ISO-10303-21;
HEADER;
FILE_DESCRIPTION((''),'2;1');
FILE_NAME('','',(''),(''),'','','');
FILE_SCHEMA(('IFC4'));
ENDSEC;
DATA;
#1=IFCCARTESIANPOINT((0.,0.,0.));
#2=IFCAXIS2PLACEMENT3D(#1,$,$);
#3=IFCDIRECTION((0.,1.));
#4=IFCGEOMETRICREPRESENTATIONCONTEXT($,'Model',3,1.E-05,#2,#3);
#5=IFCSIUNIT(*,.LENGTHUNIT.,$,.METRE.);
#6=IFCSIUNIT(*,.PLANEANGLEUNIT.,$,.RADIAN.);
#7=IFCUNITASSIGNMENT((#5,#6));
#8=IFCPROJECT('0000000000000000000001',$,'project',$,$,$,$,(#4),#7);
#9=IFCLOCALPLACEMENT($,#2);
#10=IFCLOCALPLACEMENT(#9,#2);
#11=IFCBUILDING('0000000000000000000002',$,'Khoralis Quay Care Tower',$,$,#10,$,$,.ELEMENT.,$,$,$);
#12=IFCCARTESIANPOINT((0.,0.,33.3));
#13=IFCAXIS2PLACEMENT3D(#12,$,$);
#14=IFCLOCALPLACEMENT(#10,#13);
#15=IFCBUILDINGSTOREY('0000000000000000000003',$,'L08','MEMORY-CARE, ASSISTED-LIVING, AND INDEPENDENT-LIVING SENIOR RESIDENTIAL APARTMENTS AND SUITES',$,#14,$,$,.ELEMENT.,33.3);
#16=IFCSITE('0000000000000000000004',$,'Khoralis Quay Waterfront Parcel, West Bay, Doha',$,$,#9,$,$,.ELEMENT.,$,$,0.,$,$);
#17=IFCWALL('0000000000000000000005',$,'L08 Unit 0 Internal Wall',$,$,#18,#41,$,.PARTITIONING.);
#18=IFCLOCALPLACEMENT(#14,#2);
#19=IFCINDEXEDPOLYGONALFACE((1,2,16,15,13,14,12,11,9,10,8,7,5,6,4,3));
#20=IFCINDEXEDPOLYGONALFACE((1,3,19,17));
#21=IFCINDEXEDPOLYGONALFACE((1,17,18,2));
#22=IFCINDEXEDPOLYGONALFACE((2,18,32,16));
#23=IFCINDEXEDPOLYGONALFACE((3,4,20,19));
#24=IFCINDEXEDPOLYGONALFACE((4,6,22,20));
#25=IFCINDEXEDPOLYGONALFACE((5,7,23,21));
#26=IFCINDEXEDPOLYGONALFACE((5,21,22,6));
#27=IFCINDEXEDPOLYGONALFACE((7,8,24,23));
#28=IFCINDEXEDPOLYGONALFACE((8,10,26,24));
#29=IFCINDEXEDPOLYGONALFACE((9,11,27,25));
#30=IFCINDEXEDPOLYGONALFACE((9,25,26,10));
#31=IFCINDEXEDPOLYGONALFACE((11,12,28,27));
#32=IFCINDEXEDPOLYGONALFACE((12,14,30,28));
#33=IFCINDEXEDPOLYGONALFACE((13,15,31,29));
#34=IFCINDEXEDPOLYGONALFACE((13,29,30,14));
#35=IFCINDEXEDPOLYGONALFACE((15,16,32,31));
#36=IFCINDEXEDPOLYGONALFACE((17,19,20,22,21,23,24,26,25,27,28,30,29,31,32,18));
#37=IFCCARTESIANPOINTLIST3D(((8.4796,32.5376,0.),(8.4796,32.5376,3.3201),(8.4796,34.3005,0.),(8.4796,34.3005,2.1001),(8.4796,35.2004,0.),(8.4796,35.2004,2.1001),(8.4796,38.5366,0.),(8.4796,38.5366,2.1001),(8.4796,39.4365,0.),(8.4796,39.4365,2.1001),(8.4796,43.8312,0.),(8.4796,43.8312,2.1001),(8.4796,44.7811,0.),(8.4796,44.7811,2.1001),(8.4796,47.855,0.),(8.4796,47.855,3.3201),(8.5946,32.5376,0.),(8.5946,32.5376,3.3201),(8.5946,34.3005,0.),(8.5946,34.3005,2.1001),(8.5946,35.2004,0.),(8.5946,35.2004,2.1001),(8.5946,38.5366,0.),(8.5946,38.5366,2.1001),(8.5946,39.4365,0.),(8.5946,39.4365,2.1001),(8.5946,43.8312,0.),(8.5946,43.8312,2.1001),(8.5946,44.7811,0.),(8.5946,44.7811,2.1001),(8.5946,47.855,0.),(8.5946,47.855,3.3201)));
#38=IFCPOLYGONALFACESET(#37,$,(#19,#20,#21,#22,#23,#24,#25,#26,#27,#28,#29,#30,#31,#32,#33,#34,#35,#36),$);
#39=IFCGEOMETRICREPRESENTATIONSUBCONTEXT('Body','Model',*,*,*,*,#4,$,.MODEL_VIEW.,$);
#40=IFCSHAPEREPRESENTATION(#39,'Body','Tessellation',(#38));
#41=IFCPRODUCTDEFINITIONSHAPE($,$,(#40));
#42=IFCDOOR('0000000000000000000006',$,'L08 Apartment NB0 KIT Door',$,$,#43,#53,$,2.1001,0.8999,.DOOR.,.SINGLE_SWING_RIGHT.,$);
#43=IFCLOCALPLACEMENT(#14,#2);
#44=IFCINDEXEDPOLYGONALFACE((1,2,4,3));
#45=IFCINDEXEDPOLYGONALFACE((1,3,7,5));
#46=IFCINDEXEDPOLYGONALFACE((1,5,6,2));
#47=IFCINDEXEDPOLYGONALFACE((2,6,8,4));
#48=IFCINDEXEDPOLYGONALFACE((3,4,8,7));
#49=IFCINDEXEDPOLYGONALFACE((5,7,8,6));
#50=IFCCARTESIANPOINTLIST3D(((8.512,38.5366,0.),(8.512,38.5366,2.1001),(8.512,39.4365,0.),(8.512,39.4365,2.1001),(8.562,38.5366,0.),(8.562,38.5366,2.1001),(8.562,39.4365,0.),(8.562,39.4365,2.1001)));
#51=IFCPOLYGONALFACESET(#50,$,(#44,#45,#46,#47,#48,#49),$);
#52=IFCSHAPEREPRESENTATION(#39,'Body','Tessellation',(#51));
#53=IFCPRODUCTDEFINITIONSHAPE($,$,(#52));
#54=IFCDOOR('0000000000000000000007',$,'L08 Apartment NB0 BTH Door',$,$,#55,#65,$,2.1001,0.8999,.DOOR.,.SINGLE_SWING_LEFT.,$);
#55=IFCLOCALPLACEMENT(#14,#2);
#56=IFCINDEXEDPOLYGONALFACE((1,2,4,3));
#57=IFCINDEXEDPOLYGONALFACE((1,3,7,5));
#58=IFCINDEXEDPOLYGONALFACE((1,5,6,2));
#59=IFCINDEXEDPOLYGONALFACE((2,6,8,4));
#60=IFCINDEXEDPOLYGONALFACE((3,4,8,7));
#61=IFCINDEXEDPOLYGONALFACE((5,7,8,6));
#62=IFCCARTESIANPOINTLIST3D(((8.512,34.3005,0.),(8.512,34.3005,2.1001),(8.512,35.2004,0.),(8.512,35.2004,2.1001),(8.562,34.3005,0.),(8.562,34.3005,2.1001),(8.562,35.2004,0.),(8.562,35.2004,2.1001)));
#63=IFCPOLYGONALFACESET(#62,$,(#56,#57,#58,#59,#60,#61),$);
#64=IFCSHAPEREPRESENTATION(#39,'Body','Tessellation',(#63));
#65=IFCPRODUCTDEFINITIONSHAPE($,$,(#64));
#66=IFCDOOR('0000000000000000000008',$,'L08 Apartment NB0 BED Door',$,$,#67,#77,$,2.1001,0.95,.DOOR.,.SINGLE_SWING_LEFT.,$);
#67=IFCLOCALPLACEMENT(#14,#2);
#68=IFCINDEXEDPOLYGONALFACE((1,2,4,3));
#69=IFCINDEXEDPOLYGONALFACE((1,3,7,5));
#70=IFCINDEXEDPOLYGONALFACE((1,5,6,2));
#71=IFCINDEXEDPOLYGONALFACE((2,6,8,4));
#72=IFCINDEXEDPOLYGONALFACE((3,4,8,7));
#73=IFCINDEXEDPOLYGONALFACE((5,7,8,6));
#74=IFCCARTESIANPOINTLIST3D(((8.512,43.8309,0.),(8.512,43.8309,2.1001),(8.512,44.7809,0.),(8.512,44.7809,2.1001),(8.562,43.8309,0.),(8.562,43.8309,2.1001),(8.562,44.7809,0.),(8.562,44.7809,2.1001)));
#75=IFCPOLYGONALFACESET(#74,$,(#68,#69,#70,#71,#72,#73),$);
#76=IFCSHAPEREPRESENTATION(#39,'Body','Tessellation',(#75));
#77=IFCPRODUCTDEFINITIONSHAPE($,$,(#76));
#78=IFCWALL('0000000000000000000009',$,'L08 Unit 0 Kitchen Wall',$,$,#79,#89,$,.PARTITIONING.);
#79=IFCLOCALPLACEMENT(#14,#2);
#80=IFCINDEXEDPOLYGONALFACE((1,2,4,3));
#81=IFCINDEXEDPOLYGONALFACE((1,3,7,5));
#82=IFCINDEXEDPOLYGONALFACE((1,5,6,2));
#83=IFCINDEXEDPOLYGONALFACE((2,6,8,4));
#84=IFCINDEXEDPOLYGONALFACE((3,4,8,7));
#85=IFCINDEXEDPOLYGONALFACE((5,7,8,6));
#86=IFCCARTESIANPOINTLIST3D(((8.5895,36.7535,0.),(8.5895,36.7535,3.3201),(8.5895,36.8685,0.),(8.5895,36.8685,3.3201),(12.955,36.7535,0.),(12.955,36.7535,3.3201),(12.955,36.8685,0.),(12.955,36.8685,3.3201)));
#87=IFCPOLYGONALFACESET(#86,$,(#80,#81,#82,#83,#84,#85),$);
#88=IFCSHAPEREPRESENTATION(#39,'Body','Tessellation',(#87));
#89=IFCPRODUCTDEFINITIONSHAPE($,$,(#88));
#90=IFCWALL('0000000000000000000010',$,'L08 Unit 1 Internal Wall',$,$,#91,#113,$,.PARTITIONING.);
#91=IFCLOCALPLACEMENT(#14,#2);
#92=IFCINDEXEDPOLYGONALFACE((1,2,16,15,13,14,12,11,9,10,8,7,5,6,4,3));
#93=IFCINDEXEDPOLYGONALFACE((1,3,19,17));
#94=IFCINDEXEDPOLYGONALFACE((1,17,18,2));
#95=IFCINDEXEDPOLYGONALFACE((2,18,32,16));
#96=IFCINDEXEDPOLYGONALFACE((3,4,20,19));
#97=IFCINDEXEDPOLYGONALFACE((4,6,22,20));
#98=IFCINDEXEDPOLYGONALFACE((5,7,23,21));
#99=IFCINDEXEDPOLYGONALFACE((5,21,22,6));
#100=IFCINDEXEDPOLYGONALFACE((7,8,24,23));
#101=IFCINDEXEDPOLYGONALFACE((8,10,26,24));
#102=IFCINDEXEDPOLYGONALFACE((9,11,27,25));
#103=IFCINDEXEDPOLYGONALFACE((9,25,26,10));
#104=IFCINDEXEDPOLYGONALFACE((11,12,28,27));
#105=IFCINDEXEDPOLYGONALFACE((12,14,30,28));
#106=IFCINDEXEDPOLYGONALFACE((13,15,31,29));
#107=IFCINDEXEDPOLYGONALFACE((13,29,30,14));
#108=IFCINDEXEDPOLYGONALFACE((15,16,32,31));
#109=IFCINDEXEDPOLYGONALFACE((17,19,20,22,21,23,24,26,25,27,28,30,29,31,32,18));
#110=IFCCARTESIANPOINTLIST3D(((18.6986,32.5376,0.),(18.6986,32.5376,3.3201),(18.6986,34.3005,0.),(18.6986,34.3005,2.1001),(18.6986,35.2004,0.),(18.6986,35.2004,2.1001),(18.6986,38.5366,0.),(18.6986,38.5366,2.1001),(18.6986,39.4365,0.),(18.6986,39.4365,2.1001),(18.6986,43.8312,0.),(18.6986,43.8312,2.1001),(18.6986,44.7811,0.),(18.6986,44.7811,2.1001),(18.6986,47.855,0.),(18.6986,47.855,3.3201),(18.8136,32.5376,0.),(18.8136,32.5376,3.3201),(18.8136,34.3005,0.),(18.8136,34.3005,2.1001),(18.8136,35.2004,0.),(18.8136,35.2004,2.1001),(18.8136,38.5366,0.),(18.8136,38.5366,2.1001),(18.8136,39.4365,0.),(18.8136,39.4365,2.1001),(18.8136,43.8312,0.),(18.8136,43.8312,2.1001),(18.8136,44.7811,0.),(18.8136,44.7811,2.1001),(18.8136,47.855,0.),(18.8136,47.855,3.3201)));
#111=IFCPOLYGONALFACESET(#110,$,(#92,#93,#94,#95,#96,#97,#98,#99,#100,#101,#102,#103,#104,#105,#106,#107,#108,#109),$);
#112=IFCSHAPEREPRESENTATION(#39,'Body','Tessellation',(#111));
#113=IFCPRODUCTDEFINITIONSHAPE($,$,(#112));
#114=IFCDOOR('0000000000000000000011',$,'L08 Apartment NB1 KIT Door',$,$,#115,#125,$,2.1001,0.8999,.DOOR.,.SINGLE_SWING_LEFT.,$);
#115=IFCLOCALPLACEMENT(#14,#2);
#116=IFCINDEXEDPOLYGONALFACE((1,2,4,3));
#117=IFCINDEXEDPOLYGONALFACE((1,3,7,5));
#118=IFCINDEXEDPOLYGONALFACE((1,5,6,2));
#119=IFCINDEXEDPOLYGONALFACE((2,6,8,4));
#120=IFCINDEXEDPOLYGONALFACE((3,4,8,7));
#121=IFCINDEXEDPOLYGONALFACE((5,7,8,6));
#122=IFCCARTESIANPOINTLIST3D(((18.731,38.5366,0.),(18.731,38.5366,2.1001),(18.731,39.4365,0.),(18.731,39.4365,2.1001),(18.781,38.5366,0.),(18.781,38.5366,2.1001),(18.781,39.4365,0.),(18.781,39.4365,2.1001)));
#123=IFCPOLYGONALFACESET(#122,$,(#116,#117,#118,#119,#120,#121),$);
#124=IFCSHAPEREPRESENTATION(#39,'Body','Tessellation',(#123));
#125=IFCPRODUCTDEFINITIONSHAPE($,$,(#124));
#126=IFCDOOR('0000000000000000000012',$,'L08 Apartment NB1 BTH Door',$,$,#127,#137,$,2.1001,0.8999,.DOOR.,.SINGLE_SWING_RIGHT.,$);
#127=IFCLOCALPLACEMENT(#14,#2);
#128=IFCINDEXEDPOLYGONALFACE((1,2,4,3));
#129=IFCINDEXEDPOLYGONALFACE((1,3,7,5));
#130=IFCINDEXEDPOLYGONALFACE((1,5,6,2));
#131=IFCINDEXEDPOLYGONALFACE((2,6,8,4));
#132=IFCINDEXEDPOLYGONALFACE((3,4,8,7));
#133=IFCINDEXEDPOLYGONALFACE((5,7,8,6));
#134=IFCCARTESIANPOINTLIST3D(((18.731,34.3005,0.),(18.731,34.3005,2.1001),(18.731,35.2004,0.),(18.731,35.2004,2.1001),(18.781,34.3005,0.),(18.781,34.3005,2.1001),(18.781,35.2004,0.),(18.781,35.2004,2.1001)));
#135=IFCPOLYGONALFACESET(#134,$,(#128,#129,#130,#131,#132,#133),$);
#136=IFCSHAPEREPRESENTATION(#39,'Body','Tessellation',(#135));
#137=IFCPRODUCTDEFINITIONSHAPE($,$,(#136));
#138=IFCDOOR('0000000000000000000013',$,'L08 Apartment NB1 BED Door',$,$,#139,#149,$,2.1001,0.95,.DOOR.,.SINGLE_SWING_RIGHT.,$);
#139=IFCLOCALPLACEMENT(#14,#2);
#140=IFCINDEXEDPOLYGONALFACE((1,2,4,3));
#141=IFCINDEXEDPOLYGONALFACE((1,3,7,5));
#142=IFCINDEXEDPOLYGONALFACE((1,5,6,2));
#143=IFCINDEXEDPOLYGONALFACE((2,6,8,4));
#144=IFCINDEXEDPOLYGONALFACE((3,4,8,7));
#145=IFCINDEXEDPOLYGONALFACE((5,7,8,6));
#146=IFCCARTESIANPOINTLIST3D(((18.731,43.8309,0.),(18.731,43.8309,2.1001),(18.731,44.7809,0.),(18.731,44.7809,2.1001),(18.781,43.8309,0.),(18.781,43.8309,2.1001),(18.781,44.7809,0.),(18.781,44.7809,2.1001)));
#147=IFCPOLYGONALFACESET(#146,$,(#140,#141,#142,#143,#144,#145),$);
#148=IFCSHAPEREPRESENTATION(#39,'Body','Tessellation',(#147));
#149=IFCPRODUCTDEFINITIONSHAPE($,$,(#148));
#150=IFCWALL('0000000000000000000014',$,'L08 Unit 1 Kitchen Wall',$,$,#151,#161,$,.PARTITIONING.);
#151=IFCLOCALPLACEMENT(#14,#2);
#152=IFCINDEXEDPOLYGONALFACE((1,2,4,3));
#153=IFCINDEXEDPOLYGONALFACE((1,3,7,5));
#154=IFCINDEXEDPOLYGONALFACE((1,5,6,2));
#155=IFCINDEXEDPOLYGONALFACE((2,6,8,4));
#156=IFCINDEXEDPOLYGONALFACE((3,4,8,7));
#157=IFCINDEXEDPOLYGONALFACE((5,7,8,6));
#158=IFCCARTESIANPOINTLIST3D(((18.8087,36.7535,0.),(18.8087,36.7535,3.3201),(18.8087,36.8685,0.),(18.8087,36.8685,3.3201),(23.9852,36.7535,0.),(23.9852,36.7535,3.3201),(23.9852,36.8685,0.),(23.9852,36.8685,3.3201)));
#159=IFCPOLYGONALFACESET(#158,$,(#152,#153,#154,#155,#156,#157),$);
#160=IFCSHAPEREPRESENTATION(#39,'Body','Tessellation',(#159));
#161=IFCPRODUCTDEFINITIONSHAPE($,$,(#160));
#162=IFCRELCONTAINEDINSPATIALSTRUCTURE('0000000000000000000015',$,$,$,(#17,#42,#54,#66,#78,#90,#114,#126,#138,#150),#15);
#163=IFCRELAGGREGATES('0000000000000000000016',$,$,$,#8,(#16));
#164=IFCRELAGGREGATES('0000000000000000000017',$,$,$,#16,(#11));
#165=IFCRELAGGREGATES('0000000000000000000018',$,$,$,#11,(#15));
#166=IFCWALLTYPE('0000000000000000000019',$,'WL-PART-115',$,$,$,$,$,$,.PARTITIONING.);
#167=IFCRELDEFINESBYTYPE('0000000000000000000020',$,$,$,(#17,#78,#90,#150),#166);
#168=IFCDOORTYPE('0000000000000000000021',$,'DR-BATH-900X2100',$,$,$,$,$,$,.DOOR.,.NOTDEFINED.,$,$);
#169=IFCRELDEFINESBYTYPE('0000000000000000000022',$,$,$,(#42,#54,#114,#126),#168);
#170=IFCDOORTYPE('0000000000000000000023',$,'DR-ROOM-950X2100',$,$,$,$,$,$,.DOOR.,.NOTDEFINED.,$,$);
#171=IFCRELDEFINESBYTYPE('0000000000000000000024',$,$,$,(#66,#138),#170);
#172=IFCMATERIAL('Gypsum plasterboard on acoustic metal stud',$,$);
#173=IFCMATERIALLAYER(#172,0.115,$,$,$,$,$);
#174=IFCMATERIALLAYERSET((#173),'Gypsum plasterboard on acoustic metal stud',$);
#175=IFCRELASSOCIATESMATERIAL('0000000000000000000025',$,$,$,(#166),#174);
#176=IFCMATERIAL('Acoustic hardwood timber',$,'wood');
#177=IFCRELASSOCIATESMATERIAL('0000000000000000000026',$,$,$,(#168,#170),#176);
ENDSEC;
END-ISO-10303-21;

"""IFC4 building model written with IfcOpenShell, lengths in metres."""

from ifc_helpers import new_model, si_unit, direction, frame, frame_2d, origin, place, context, subcontext, project, spatial, rectangle, extrude, source, transform, mapped, material, layer, layer_set, type_object, element, fill, save


model = new_model("IFC4")

# Units and contexts
model_context = context("Model", 3, precision=1e-05, world=origin(), true_north=direction((0.0, 1.0)))
body_context = subcontext(model_context, "Body", "Model", "MODEL_VIEW")
ifc_project = project(units=[si_unit("LENGTHUNIT", "METRE"), si_unit("PLANEANGLEUNIT", "RADIAN")], contexts=[model_context])

# Site, building, storey
site_placement = place(None, origin())
site = spatial("IfcSite", under=ifc_project, at=site_placement, Name="Khoralis Quay Waterfront Parcel, West Bay, Doha", CompositionType="ELEMENT", RefElevation=0.0)
building_placement = place(site_placement, origin())
building = spatial("IfcBuilding", under=site, at=building_placement, Name="Khoralis Quay Care Tower", CompositionType="ELEMENT")
storey_placement = place(building_placement, frame((0.0, 0.0, 33.3)))
storey = spatial("IfcBuildingStorey", under=building, at=storey_placement, Name="L08", Description="MEMORY-CARE, ASSISTED-LIVING, AND INDEPENDENT-LIVING SENIOR RESIDENTIAL APARTMENTS AND SUITES", CompositionType="ELEMENT", Elevation=33.3)

# Shared definitions
ifc_material_1 = material(Name="Gypsum plasterboard on acoustic metal stud")

# Wall, openings, doors
ifc_layer_1 = layer(ifc_material_1, 0.115)
ifc_layer_set_1 = layer_set([ifc_layer_1], Name="Gypsum plasterboard on acoustic metal stud")
wall_type_1 = type_object("IfcWallType", Name="WL-PART-115", PredefinedType="PARTITIONING", material=ifc_layer_set_1)
wall_1_placement = place(storey_placement, frame((8.5371, 32.5376, 0.0), z_axis=(0.0, 0.0, 1.0), x_axis=(0.0, 1.0, 0.0)))
wall_1 = element("IfcWall", 1, at=wall_1_placement, inside=storey, type_object=wall_type_1, Name="L08 Unit 0 Internal Wall", PredefinedType="PARTITIONING", context=body_context, shape_type="SweptSolid", body=[
    extrude(rectangle(XDim=15.3174, YDim=0.115, at=frame_2d((7.6587, 0.0))), origin(), (0.0, 0.0, 1.0), 3.3201),
])
opening_1_placement = place(wall_1_placement, frame((11.2935, 0.0, 0.0)))
opening_1 = element("IfcOpeningElement", 2, at=opening_1_placement, cuts=wall_1, PredefinedType="OPENING", context=body_context, shape_type="SweptSolid", body=[
    extrude(rectangle(XDim=0.95, YDim=2.1001, at=frame_2d((0.4751, 1.05))), frame((0.0, 0.0674, 0.0), z_axis=(0.0, -1.0, 0.0), x_axis=(1.0, 0.0, 0.0)), (0.0, 0.0, 1.0), 0.135),
])
opening_2_placement = place(wall_1_placement, frame((5.999, 0.0, 0.0)))
opening_2 = element("IfcOpeningElement", 3, at=opening_2_placement, cuts=wall_1, PredefinedType="OPENING", context=body_context, shape_type="SweptSolid", body=[
    extrude(rectangle(XDim=0.8999, YDim=2.1001, at=frame_2d((0.45, 1.05))), frame((0.0, 0.0674, 0.0), z_axis=(0.0, -1.0, 0.0), x_axis=(1.0, 0.0, 0.0)), (0.0, 0.0, 1.0), 0.135),
])
opening_3_placement = place(wall_1_placement, frame((1.7629, 0.0, 0.0)))
opening_3 = element("IfcOpeningElement", 4, at=opening_3_placement, cuts=wall_1, PredefinedType="OPENING", context=body_context, shape_type="SweptSolid", body=[
    extrude(rectangle(XDim=0.8999, YDim=2.1001, at=frame_2d((0.45, 1.05))), frame((0.0, 0.0674, 0.0), z_axis=(0.0, -1.0, 0.0), x_axis=(1.0, 0.0, 0.0)), (0.0, 0.0, 1.0), 0.135),
])
ifc_material_2 = material(Name="Acoustic hardwood timber", Category="wood")
door_type_1 = type_object("IfcDoorType", Name="DR-BATH-900X2100", OperationType="NOTDEFINED", PredefinedType="DOOR", material=ifc_material_2)
shared_shape_1 = source(origin(), body_context, "Body", "SweptSolid", [
    extrude(rectangle(XDim=0.8999, YDim=2.1001, at=frame_2d((0.45, 1.05))), frame((0.0, 0.0249, 0.0), z_axis=(0.0, -1.0, 0.0), x_axis=(1.0, 0.0, 0.0)), (0.0, 0.0, 1.0), 0.05),
])
door_1_placement = place(opening_2_placement, frame((0.8999, 0.0, 0.0), z_axis=(0.0, 0.0, 1.0), x_axis=(-1.0, 0.0, 0.0)))
door_1 = element("IfcDoor", 5, at=door_1_placement, inside=storey, type_object=door_type_1, Name="L08 Apartment NB0 KIT Door", OperationType="SINGLE_SWING_RIGHT", OverallHeight=2.1001, OverallWidth=0.8999, PredefinedType="DOOR", context=body_context, shape_type="MappedRepresentation", body=[
    mapped(shared_shape_1, transform((0.0, 0.0, 0.0), scale=1.0)),
])
fill(opening_2, door_1)
door_2_placement = place(opening_3_placement, frame((0.8999, 0.0, 0.0), z_axis=(0.0, 0.0, 1.0), x_axis=(-1.0, 0.0, 0.0)))
door_2 = element("IfcDoor", 6, at=door_2_placement, inside=storey, type_object=door_type_1, Name="L08 Apartment NB0 BTH Door", OperationType="SINGLE_SWING_LEFT", OverallHeight=2.1001, OverallWidth=0.8999, PredefinedType="DOOR", context=body_context, shape_type="MappedRepresentation", body=[
    mapped(shared_shape_1, transform((0.0, 0.0, 0.0), scale=1.0)),
])
fill(opening_3, door_2)
door_type_2 = type_object("IfcDoorType", Name="DR-ROOM-950X2100", OperationType="NOTDEFINED", PredefinedType="DOOR", material=ifc_material_2)
shared_shape_2 = source(origin(), body_context, "Body", "SweptSolid", [
    extrude(rectangle(XDim=0.95, YDim=2.1001, at=frame_2d((0.4751, 1.05))), frame((0.0, 0.0249, 0.0), z_axis=(0.0, -1.0, 0.0), x_axis=(1.0, 0.0, 0.0)), (0.0, 0.0, 1.0), 0.05),
])
door_3_placement = place(opening_1_placement, frame((0.95, 0.0, 0.0), z_axis=(0.0, 0.0, 1.0), x_axis=(-1.0, 0.0, 0.0)))
door_3 = element("IfcDoor", 7, at=door_3_placement, inside=storey, type_object=door_type_2, Name="L08 Apartment NB0 BED Door", OperationType="SINGLE_SWING_LEFT", OverallHeight=2.1001, OverallWidth=0.95, PredefinedType="DOOR", context=body_context, shape_type="MappedRepresentation", body=[
    mapped(shared_shape_2, transform((0.0, 0.0, 0.0), scale=1.0)),
])
fill(opening_1, door_3)

# Wall
wall_2_placement = place(storey_placement, frame((8.5896, 36.811, 0.0), z_axis=(0.0, 0.0, 1.0), x_axis=(1.0, 0.0, 0.0)))
element("IfcWall", 8, at=wall_2_placement, inside=storey, type_object=wall_type_1, Name="L08 Unit 0 Kitchen Wall", PredefinedType="PARTITIONING", context=body_context, shape_type="SweptSolid", body=[
    extrude(rectangle(XDim=4.3655, YDim=0.115, at=frame_2d((2.1826, 0.0))), origin(), (0.0, 0.0, 1.0), 3.3201),
])

# Wall, openings, doors
wall_3_placement = place(storey_placement, frame((18.7561, 32.5376, 0.0), z_axis=(0.0, 0.0, 1.0), x_axis=(0.0, 1.0, 0.0)))
wall_3 = element("IfcWall", 9, at=wall_3_placement, inside=storey, type_object=wall_type_1, Name="L08 Unit 1 Internal Wall", PredefinedType="PARTITIONING", context=body_context, shape_type="SweptSolid", body=[
    extrude(rectangle(XDim=15.3174, YDim=0.115, at=frame_2d((7.6587, 0.0))), origin(), (0.0, 0.0, 1.0), 3.3201),
])
opening_4_placement = place(wall_3_placement, frame((11.2935, 0.0, 0.0)))
opening_4 = element("IfcOpeningElement", 10, at=opening_4_placement, cuts=wall_3, PredefinedType="OPENING", context=body_context, shape_type="SweptSolid", body=[
    extrude(rectangle(XDim=0.95, YDim=2.1001, at=frame_2d((0.4751, 1.05))), frame((0.0, 0.0674, 0.0), z_axis=(0.0, -1.0, 0.0), x_axis=(1.0, 0.0, 0.0)), (0.0, 0.0, 1.0), 0.135),
])
opening_5_placement = place(wall_3_placement, frame((5.999, 0.0, 0.0)))
opening_5 = element("IfcOpeningElement", 11, at=opening_5_placement, cuts=wall_3, PredefinedType="OPENING", context=body_context, shape_type="SweptSolid", body=[
    extrude(rectangle(XDim=0.8999, YDim=2.1001, at=frame_2d((0.45, 1.05))), frame((0.0, 0.0674, 0.0), z_axis=(0.0, -1.0, 0.0), x_axis=(1.0, 0.0, 0.0)), (0.0, 0.0, 1.0), 0.135),
])
opening_6_placement = place(wall_3_placement, frame((1.7629, 0.0, 0.0)))
opening_6 = element("IfcOpeningElement", 12, at=opening_6_placement, cuts=wall_3, PredefinedType="OPENING", context=body_context, shape_type="SweptSolid", body=[
    extrude(rectangle(XDim=0.8999, YDim=2.1001, at=frame_2d((0.45, 1.05))), frame((0.0, 0.0674, 0.0), z_axis=(0.0, -1.0, 0.0), x_axis=(1.0, 0.0, 0.0)), (0.0, 0.0, 1.0), 0.135),
])
door_4_placement = place(opening_5_placement, frame((0.8999, 0.0, 0.0), z_axis=(0.0, 0.0, 1.0), x_axis=(-1.0, 0.0, 0.0)))
door_4 = element("IfcDoor", 13, at=door_4_placement, inside=storey, type_object=door_type_1, Name="L08 Apartment NB1 KIT Door", OperationType="SINGLE_SWING_LEFT", OverallHeight=2.1001, OverallWidth=0.8999, PredefinedType="DOOR", context=body_context, shape_type="MappedRepresentation", body=[
    mapped(shared_shape_1, transform((0.0, 0.0, 0.0), scale=1.0)),
])
fill(opening_5, door_4)
door_5_placement = place(opening_6_placement, frame((0.8999, 0.0, 0.0), z_axis=(0.0, 0.0, 1.0), x_axis=(-1.0, 0.0, 0.0)))
door_5 = element("IfcDoor", 14, at=door_5_placement, inside=storey, type_object=door_type_1, Name="L08 Apartment NB1 BTH Door", OperationType="SINGLE_SWING_RIGHT", OverallHeight=2.1001, OverallWidth=0.8999, PredefinedType="DOOR", context=body_context, shape_type="MappedRepresentation", body=[
    mapped(shared_shape_1, transform((0.0, 0.0, 0.0), scale=1.0)),
])
fill(opening_6, door_5)
door_6_placement = place(opening_4_placement, frame((0.95, 0.0, 0.0), z_axis=(0.0, 0.0, 1.0), x_axis=(-1.0, 0.0, 0.0)))
door_6 = element("IfcDoor", 15, at=door_6_placement, inside=storey, type_object=door_type_2, Name="L08 Apartment NB1 BED Door", OperationType="SINGLE_SWING_RIGHT", OverallHeight=2.1001, OverallWidth=0.95, PredefinedType="DOOR", context=body_context, shape_type="MappedRepresentation", body=[
    mapped(shared_shape_2, transform((0.0, 0.0, 0.0), scale=1.0)),
])
fill(opening_4, door_6)

# Wall
wall_4_placement = place(storey_placement, frame((18.8086, 36.811, 0.0), z_axis=(0.0, 0.0, 1.0), x_axis=(1.0, 0.0, 0.0)))
element("IfcWall", 16, at=wall_4_placement, inside=storey, type_object=wall_type_1, Name="L08 Unit 1 Kitchen Wall", PredefinedType="PARTITIONING", context=body_context, shape_type="SweptSolid", body=[
    extrude(rectangle(XDim=5.1765, YDim=0.115, at=frame_2d((2.5884, 0.0))), origin(), (0.0, 0.0, 1.0), 3.3201),
])

save(model, "model.ifc")
